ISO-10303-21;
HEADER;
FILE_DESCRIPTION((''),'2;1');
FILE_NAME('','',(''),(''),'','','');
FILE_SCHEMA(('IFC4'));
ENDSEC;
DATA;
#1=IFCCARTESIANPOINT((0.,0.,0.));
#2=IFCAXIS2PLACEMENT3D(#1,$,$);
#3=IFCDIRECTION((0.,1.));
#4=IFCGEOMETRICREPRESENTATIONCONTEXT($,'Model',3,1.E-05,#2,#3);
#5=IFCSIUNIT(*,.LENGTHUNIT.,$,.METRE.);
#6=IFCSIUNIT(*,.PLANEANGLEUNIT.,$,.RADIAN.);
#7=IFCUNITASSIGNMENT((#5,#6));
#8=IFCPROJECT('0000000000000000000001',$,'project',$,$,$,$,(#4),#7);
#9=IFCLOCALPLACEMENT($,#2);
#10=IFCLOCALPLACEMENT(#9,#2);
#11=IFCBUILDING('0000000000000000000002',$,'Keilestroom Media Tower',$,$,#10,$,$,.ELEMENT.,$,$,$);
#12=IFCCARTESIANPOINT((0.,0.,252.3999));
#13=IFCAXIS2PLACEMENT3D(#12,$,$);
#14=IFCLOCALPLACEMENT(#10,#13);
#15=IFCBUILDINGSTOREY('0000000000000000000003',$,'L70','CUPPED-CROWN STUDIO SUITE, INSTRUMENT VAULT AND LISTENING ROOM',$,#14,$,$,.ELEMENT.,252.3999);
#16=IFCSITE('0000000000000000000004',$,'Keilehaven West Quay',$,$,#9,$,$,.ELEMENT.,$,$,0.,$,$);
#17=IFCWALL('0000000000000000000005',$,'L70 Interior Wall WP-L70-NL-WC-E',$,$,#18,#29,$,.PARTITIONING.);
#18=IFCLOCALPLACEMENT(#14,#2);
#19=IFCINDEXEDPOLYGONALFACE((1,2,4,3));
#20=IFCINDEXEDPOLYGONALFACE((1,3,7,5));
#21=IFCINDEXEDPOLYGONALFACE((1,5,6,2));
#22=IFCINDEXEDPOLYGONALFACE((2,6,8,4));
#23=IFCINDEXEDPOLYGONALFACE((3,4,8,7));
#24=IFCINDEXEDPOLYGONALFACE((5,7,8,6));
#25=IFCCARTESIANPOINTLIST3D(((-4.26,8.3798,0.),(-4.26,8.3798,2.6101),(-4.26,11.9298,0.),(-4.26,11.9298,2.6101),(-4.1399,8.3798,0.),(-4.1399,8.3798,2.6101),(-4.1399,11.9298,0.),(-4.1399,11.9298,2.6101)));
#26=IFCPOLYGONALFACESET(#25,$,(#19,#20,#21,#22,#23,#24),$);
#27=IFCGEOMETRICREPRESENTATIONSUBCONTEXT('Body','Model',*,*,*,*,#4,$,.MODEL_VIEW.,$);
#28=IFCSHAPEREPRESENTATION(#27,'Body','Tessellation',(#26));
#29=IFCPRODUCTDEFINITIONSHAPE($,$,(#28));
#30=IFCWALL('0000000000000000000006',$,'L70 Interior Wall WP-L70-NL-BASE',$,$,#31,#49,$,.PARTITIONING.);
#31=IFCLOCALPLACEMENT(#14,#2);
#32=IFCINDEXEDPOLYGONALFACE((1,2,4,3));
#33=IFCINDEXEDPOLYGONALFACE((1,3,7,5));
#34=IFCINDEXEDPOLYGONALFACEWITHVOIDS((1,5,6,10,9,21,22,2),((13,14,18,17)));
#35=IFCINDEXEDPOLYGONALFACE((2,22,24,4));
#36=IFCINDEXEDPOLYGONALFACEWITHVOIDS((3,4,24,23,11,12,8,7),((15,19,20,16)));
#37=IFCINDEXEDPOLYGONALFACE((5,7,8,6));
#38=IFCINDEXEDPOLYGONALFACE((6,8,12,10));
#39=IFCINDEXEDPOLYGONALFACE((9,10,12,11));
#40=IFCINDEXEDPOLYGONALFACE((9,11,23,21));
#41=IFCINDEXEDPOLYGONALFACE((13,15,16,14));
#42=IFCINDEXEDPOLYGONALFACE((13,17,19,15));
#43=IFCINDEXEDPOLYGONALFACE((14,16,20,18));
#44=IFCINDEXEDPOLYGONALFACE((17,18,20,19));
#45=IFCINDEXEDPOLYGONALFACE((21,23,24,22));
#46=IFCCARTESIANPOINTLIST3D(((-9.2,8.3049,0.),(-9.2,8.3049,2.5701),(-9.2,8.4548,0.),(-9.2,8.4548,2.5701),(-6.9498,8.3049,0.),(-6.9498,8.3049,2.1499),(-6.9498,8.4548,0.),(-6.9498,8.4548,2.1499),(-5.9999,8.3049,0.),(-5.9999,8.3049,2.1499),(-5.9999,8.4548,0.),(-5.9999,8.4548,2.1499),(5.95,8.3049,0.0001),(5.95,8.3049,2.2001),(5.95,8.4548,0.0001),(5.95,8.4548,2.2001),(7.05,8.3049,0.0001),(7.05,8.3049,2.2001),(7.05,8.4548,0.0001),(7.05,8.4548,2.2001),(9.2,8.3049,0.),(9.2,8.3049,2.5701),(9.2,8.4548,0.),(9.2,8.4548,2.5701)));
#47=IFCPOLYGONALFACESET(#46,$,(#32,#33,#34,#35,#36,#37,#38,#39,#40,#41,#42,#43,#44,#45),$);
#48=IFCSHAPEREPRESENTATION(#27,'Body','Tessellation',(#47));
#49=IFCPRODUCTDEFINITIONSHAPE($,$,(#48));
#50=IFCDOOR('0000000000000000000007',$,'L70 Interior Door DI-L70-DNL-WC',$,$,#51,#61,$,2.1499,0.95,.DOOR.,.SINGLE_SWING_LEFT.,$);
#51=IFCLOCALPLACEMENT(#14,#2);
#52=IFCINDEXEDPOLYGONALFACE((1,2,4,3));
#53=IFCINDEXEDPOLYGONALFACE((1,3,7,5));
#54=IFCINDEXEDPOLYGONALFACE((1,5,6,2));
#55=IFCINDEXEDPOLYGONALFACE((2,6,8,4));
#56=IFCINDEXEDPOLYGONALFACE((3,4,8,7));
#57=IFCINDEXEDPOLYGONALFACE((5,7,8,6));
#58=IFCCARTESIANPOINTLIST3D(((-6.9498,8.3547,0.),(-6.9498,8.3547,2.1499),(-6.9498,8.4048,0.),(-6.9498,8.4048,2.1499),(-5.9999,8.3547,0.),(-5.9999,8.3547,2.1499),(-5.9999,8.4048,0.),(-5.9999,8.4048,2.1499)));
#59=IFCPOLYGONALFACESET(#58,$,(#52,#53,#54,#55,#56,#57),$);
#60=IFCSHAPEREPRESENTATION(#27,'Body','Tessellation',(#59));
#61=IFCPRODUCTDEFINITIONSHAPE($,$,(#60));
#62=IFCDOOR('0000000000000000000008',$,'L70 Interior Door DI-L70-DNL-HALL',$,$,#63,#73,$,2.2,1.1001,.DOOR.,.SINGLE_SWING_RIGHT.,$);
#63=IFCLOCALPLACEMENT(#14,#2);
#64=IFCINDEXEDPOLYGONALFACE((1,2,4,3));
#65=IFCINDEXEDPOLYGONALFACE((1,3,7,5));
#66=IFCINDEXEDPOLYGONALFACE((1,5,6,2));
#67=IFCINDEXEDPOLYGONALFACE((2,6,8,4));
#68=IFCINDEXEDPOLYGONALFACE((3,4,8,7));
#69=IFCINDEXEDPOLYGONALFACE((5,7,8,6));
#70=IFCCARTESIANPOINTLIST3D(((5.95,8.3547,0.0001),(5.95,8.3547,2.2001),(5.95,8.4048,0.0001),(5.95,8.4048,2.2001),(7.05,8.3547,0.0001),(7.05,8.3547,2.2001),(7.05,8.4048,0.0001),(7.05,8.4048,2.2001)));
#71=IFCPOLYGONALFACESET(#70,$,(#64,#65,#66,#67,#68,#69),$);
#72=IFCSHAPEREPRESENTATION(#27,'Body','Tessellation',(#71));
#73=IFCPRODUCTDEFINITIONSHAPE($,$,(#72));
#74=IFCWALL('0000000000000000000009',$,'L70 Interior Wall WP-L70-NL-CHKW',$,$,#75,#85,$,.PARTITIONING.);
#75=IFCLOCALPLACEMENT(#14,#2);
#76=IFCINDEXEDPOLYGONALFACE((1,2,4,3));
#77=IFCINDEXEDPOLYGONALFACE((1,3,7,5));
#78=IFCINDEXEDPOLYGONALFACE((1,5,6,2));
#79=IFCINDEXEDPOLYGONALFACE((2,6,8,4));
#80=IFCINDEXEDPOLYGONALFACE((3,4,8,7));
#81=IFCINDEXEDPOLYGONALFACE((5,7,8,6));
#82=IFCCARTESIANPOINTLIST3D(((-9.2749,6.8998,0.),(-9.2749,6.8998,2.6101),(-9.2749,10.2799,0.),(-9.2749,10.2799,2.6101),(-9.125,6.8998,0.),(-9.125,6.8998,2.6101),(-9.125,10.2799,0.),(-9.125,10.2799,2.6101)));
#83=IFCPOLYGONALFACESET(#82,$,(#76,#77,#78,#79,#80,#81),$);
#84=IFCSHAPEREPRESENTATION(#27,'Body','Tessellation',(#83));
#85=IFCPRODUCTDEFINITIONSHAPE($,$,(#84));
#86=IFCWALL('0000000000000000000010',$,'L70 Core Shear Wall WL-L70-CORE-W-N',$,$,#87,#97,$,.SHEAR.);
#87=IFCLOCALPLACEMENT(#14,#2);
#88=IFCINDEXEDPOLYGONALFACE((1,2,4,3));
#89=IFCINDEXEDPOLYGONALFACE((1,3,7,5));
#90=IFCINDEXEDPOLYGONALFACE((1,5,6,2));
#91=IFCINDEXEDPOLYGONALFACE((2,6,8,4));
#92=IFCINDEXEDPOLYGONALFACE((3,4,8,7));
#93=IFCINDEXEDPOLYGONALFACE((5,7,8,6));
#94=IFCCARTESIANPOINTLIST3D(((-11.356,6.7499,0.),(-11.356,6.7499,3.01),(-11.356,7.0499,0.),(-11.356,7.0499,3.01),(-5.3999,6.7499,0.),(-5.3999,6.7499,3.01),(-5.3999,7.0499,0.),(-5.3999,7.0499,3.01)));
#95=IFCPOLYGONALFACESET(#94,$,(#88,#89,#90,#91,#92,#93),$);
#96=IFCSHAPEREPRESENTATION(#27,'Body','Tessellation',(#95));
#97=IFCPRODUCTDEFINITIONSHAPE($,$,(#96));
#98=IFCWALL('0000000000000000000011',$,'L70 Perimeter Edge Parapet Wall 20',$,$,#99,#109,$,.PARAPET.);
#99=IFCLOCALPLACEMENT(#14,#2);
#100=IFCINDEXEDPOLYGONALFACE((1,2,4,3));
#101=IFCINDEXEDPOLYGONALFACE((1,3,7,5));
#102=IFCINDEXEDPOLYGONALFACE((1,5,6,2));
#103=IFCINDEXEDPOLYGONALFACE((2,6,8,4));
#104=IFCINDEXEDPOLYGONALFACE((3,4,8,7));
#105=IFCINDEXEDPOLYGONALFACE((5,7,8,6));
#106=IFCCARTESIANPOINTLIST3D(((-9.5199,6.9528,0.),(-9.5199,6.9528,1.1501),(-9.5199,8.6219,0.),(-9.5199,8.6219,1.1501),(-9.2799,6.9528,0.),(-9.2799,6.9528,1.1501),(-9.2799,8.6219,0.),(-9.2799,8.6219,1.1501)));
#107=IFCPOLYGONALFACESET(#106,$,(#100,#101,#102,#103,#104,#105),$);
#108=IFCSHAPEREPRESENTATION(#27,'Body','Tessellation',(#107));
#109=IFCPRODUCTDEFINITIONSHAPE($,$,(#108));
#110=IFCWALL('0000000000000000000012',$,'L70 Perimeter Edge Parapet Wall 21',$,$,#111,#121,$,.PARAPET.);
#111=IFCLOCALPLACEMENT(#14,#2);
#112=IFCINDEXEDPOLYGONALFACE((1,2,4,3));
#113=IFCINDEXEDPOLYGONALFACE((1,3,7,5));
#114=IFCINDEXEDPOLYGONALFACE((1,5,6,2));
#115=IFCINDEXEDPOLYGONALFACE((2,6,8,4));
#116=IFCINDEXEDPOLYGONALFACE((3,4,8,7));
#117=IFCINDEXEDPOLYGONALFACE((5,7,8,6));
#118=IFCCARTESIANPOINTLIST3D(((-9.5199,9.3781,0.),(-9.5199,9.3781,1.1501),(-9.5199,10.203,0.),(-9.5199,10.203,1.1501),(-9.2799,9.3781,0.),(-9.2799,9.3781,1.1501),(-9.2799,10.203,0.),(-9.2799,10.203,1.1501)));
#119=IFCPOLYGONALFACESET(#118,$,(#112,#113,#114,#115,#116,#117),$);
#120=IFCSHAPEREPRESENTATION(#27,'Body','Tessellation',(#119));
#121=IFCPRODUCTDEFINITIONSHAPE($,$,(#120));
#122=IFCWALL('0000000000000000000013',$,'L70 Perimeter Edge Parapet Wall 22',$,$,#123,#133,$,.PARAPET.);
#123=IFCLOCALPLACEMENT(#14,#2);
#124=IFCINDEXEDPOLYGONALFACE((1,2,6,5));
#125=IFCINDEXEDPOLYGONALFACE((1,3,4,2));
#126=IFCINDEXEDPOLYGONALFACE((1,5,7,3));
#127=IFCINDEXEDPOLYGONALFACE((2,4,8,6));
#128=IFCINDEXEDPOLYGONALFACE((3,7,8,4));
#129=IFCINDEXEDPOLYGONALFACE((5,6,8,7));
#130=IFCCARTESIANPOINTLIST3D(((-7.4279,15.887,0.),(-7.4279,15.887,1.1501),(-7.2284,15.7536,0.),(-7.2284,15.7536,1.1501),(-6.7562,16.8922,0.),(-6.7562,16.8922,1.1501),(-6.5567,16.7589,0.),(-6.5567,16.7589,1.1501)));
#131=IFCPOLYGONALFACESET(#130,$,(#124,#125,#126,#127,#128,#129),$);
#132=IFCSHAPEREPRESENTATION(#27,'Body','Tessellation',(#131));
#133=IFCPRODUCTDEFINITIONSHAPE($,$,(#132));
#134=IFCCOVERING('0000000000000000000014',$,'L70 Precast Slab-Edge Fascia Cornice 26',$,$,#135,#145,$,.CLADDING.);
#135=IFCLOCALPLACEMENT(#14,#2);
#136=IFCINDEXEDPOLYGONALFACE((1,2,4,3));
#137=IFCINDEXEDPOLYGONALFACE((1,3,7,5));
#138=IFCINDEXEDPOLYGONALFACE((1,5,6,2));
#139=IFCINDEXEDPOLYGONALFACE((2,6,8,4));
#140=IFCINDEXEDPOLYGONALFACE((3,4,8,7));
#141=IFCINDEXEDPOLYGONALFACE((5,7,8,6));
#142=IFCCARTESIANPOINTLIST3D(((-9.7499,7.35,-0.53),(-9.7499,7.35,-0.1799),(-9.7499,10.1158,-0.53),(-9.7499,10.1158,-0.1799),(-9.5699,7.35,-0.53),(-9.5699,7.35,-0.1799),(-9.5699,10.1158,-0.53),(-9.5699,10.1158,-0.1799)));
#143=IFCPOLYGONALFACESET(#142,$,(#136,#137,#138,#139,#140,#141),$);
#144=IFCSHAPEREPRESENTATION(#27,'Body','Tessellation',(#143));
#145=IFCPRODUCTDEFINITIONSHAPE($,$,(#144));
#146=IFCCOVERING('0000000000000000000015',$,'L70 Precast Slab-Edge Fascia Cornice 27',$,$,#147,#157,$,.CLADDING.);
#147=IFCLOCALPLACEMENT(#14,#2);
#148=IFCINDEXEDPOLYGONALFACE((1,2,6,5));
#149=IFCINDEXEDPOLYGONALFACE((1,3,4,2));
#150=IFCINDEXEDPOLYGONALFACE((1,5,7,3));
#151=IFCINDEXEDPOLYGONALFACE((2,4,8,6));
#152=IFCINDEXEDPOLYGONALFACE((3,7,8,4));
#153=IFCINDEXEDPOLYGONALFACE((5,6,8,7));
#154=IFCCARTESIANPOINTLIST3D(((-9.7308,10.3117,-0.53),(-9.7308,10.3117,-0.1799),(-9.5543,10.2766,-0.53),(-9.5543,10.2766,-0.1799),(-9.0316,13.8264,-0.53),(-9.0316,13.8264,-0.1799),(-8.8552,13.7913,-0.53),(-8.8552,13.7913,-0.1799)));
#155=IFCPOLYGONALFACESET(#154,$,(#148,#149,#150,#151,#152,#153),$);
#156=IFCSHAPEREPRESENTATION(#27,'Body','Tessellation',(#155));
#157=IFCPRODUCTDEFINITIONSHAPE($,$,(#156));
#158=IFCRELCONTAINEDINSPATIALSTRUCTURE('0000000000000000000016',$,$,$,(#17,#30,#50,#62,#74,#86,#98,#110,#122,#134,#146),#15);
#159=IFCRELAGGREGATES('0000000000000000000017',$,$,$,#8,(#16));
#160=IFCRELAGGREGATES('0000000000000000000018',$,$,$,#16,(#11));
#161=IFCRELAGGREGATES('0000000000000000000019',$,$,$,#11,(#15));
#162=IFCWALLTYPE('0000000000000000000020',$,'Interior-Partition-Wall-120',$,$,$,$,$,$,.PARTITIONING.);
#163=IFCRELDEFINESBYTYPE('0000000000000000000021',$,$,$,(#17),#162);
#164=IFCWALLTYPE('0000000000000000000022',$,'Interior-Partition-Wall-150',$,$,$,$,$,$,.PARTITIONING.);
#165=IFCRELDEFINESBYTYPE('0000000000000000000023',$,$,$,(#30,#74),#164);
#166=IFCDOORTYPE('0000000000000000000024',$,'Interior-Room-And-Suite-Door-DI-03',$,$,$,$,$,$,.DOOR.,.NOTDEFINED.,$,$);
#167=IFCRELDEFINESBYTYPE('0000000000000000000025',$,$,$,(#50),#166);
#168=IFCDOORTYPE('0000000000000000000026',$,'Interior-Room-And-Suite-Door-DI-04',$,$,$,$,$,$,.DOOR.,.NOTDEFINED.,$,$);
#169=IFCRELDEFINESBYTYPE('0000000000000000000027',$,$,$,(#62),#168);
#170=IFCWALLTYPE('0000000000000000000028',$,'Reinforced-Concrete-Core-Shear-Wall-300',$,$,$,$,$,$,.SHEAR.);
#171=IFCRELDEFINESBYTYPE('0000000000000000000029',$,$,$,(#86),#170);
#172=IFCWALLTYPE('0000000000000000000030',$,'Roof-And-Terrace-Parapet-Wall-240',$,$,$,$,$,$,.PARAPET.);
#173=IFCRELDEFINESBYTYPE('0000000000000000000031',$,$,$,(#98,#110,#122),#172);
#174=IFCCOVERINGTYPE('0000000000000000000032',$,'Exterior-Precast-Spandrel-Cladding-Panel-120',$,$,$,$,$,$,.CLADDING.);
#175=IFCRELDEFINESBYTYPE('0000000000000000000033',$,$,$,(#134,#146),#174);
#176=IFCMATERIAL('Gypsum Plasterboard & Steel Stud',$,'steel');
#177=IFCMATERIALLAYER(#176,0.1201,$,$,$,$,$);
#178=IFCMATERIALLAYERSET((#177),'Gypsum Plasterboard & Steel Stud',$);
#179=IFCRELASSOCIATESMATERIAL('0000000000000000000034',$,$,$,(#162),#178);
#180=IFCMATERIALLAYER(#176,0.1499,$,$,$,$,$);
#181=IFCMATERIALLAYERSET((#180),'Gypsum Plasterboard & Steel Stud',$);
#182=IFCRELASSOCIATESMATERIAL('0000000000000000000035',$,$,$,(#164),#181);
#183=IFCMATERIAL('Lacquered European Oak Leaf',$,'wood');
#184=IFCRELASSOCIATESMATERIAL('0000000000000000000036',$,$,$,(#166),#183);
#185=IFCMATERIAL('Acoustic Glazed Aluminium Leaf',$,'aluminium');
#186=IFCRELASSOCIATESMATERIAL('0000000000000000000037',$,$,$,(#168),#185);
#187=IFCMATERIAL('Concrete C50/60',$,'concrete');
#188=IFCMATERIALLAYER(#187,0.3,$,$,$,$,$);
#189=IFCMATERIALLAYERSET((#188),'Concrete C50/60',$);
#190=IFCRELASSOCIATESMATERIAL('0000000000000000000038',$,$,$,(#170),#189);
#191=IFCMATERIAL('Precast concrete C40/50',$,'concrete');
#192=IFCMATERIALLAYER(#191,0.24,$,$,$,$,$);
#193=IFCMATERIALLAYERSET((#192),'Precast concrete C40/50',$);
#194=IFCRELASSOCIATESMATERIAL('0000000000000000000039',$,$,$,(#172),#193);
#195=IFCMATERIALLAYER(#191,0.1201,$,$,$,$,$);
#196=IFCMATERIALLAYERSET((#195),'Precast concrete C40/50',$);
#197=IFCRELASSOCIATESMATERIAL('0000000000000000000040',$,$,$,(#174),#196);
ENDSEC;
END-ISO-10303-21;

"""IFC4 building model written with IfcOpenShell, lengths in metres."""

from ifc_helpers import new_model, si_unit, direction, frame, frame_2d, origin, origin_2d, place, context, subcontext, project, spatial, rectangle, extrude, source, transform, mapped, material, layer, layer_set, type_object, element, fill, save


model = new_model("IFC4")

# Units and contexts
model_context = context("Model", 3, precision=1e-05, world=origin(), true_north=direction((0.0, 1.0)))
body_context = subcontext(model_context, "Body", "Model", "MODEL_VIEW")
ifc_project = project(units=[si_unit("LENGTHUNIT", "METRE"), si_unit("PLANEANGLEUNIT", "RADIAN")], contexts=[model_context])

# Site, building, storey
site_placement = place(None, origin())
site = spatial("IfcSite", under=ifc_project, at=site_placement, Name="Keilehaven West Quay", CompositionType="ELEMENT", RefElevation=0.0)
building_placement = place(site_placement, origin())
building = spatial("IfcBuilding", under=site, at=building_placement, Name="Keilestroom Media Tower", CompositionType="ELEMENT")
storey_placement = place(building_placement, frame((0.0, 0.0, 252.3999)))
storey = spatial("IfcBuildingStorey", under=building, at=storey_placement, Name="L70", Description="CUPPED-CROWN STUDIO SUITE, INSTRUMENT VAULT AND LISTENING ROOM", CompositionType="ELEMENT", Elevation=252.3999)

# Shared definitions
ifc_material_1 = material(Name="Concrete C50/60", Category="concrete")

# Wall
ifc_material_2 = material(Name="Precast concrete C40/50", Category="concrete")
ifc_material_3 = material(Name="Gypsum Plasterboard & Steel Stud", Category="steel")
ifc_layer_1 = layer(ifc_material_3, 0.1201)
ifc_layer_set_1 = layer_set([ifc_layer_1], Name="Gypsum Plasterboard & Steel Stud")
wall_type_1 = type_object("IfcWallType", Name="Interior-Partition-Wall-120", PredefinedType="PARTITIONING", material=ifc_layer_set_1)
for number, where, z_axis, x_axis, name in (
    (1, (-4.2, 8.3799, 0.0), (0.0, 0.0, 1.0), (0.0, 1.0, 0.0), "L70 Interior Wall WP-L70-NL-WC-E"),
):
    element("IfcWall", number, at=place(storey_placement, frame(where, z_axis=z_axis, x_axis=x_axis)), inside=storey, type_object=wall_type_1, Name=name, PredefinedType="PARTITIONING", context=body_context, shape_type="SweptSolid", body=[
        extrude(rectangle(XDim=3.55, YDim=0.1201, at=frame_2d((1.7749, 0.0))), origin(), (0.0, 0.0, 1.0), 2.6101),
    ])

# Wall, openings, doors
ifc_layer_2 = layer(ifc_material_3, 0.1499)
ifc_layer_set_2 = layer_set([ifc_layer_2], Name="Gypsum Plasterboard & Steel Stud")
wall_type_2 = type_object("IfcWallType", Name="Interior-Partition-Wall-150", PredefinedType="PARTITIONING", material=ifc_layer_set_2)
wall_1_placement = place(storey_placement, frame((-9.2, 8.3799, 0.0), z_axis=(0.0, 0.0, 1.0), x_axis=(1.0, 0.0, 0.0)))
wall_1 = element("IfcWall", 2, at=wall_1_placement, inside=storey, type_object=wall_type_2, Name="L70 Interior Wall WP-L70-NL-BASE", PredefinedType="PARTITIONING", context=body_context, shape_type="SweptSolid", body=[
    extrude(rectangle(XDim=18.3999, YDim=0.1499, at=frame_2d((9.2, 0.0))), origin(), (0.0, 0.0, 1.0), 2.5701),
])
opening_1_placement = place(wall_1_placement, frame((2.25, 0.0, 0.0)))
opening_1 = element("IfcOpeningElement", 3, at=opening_1_placement, cuts=wall_1, PredefinedType="OPENING", context=body_context, shape_type="SweptSolid", body=[
    extrude(rectangle(XDim=0.95, YDim=2.1499, at=frame_2d((0.4751, 1.075))), frame((0.0, 0.085, 0.0), z_axis=(0.0, -1.0, 0.0), x_axis=(1.0, 0.0, 0.0)), (0.0, 0.0, 1.0), 0.1699),
])
opening_2_placement = place(wall_1_placement, frame((15.1499, 0.0, 0.0)))
opening_2 = element("IfcOpeningElement", 4, at=opening_2_placement, cuts=wall_1, PredefinedType="OPENING", context=body_context, shape_type="SweptSolid", body=[
    extrude(rectangle(XDim=1.1001, YDim=2.2, at=frame_2d((0.55, 1.1001))), frame((0.0, 0.085, 0.0), z_axis=(0.0, -1.0, 0.0), x_axis=(1.0, 0.0, 0.0)), (0.0, 0.0, 1.0), 0.1699),
])
ifc_material_4 = material(Name="Lacquered European Oak Leaf", Category="wood")
door_type_1 = type_object("IfcDoorType", Name="Interior-Room-And-Suite-Door-DI-03", OperationType="NOTDEFINED", PredefinedType="DOOR", material=ifc_material_4)
shared_shape_1 = source(origin(), body_context, "Body", "SweptSolid", [
    extrude(rectangle(XDim=0.95, YDim=2.1499, at=frame_2d((0.4751, 1.075))), frame((0.0, 0.0249, 0.0), z_axis=(0.0, -1.0, 0.0), x_axis=(1.0, 0.0, 0.0)), (0.0, 0.0, 1.0), 0.05),
])
door_1_placement = place(opening_1_placement, origin())
door_1 = element("IfcDoor", 5, at=door_1_placement, inside=storey, type_object=door_type_1, Name="L70 Interior Door DI-L70-DNL-WC", OperationType="SINGLE_SWING_LEFT", OverallHeight=2.1499, OverallWidth=0.95, PredefinedType="DOOR", context=body_context, shape_type="MappedRepresentation", body=[
    mapped(shared_shape_1, transform((0.0, 0.0, 0.0), x_axis=(1.0, 0.0, 0.0), y_axis=(0.0, 1.0, 0.0), z_axis=(0.0, 0.0, 1.0), scale=1.0)),
])
fill(opening_1, door_1)
ifc_material_5 = material(Name="Acoustic Glazed Aluminium Leaf", Category="aluminium")
door_type_2 = type_object("IfcDoorType", Name="Interior-Room-And-Suite-Door-DI-04", OperationType="NOTDEFINED", PredefinedType="DOOR", material=ifc_material_5)
shared_shape_2 = source(origin(), body_context, "Body", "SweptSolid", [
    extrude(rectangle(XDim=1.1001, YDim=2.2, at=frame_2d((0.55, 1.1001))), frame((0.0, 0.0249, 0.0), z_axis=(0.0, -1.0, 0.0), x_axis=(1.0, 0.0, 0.0)), (0.0, 0.0, 1.0), 0.05),
])
door_2_placement = place(opening_2_placement, origin())
door_2 = element("IfcDoor", 6, at=door_2_placement, inside=storey, type_object=door_type_2, Name="L70 Interior Door DI-L70-DNL-HALL", OperationType="SINGLE_SWING_RIGHT", OverallHeight=2.2, OverallWidth=1.1001, PredefinedType="DOOR", context=body_context, shape_type="MappedRepresentation", body=[
    mapped(shared_shape_2, transform((0.0, 0.0, 0.0), x_axis=(1.0, 0.0, 0.0), y_axis=(0.0, 1.0, 0.0), z_axis=(0.0, 0.0, 1.0), scale=1.0)),
])
fill(opening_2, door_2)

# Walls
wall_2_placement = place(storey_placement, frame((-9.2, 6.8999, 0.0), z_axis=(0.0, 0.0, 1.0), x_axis=(0.0, 1.0, 0.0)))
element("IfcWall", 7, at=wall_2_placement, inside=storey, type_object=wall_type_2, Name="L70 Interior Wall WP-L70-NL-CHKW", PredefinedType="PARTITIONING", context=body_context, shape_type="SweptSolid", body=[
    extrude(rectangle(XDim=3.3801, YDim=0.1499, at=frame_2d((1.6899, 0.0))), origin(), (0.0, 0.0, 1.0), 2.6101),
])
ifc_layer_3 = layer(ifc_material_1, 0.3)
ifc_layer_set_3 = layer_set([ifc_layer_3], Name="Concrete C50/60")
wall_type_3 = type_object("IfcWallType", Name="Reinforced-Concrete-Core-Shear-Wall-300", PredefinedType="SHEAR", material=ifc_layer_set_3)
wall_3_placement = place(storey_placement, frame((-11.356, 6.8999, 0.0), z_axis=(0.0, 0.0, 1.0), x_axis=(1.0, 0.0, 0.0)))
element("IfcWall", 8, at=wall_3_placement, inside=storey, type_object=wall_type_3, Name="L70 Core Shear Wall WL-L70-CORE-W-N", PredefinedType="SHEAR", context=body_context, shape_type="SweptSolid", body=[
    extrude(rectangle(XDim=5.9561, YDim=0.3, at=frame_2d((2.978, 0.0))), origin(), (0.0, 0.0, 1.0), 3.01),
])
ifc_layer_4 = layer(ifc_material_2, 0.24)
ifc_layer_set_4 = layer_set([ifc_layer_4], Name="Precast concrete C40/50")
wall_type_4 = type_object("IfcWallType", Name="Roof-And-Terrace-Parapet-Wall-240", PredefinedType="PARAPET", material=ifc_layer_set_4)
wall_4_placement = place(storey_placement, frame((-9.3999, 6.9529, 0.0), z_axis=(0.0, 0.0, 1.0), x_axis=(0.0, 1.0, 0.0)))
element("IfcWall", 9, at=wall_4_placement, inside=storey, type_object=wall_type_4, Name="L70 Perimeter Edge Parapet Wall 20", PredefinedType="PARAPET", context=body_context, shape_type="SweptSolid", body=[
    extrude(rectangle(XDim=1.6692, YDim=0.24, at=frame_2d((0.8345, 0.0))), origin(), (0.0, 0.0, 1.0), 1.1501),
])
wall_5_placement = place(storey_placement, frame((-9.3999, 9.3779, 0.0), z_axis=(0.0, 0.0, 1.0), x_axis=(0.0, 1.0, 0.0)))
element("IfcWall", 10, at=wall_5_placement, inside=storey, type_object=wall_type_4, Name="L70 Perimeter Edge Parapet Wall 21", PredefinedType="PARAPET", context=body_context, shape_type="SweptSolid", body=[
    extrude(rectangle(XDim=0.825, YDim=0.24, at=frame_2d((0.4126, 0.0))), origin(), (0.0, 0.0, 1.0), 1.1501),
])
wall_6_placement = place(storey_placement, frame((-7.3281, 15.8203, 0.0), z_axis=(0.0, 0.0, 1.0), x_axis=(0.555585, 0.831459, 0.0)))
element("IfcWall", 11, at=wall_6_placement, inside=storey, type_object=wall_type_4, Name="L70 Perimeter Edge Parapet Wall 22", PredefinedType="PARAPET", context=body_context, shape_type="SweptSolid", body=[
    extrude(rectangle(XDim=1.209, YDim=0.24, at=frame_2d((0.6045, 0.0))), origin(), (0.0, 0.0, 1.0), 1.1501),
])

# Coverings
ifc_layer_5 = layer(ifc_material_2, 0.1201)
ifc_layer_set_5 = layer_set([ifc_layer_5], Name="Precast concrete C40/50")
covering_type = type_object("IfcCoveringType", Name="Exterior-Precast-Spandrel-Cladding-Panel-120", PredefinedType="CLADDING", material=ifc_layer_set_5)
shared_shape_3 = source(origin(), body_context, "Body", "SweptSolid", [
    extrude(rectangle(XDim=2.7659, YDim=0.1799, at=origin_2d()), origin(), (0.0, 0.0, 1.0), 0.3501),
])
covering_1_placement = place(storey_placement, frame((-9.6599, 8.7329, -0.53), z_axis=(0.0, 0.0, 1.0), x_axis=(0.0, 1.0, 0.0)))
element("IfcCovering", 12, at=covering_1_placement, inside=storey, type_object=covering_type, Name="L70 Precast Slab-Edge Fascia Cornice 26", PredefinedType="CLADDING", context=body_context, shape_type="MappedRepresentation", body=[
    mapped(shared_shape_3, transform((0.0, 0.0, 0.0), x_axis=(1.0, 0.0, 0.0), y_axis=(0.0, 1.0, 0.0), z_axis=(0.0, 0.0, 1.0), scale=1.0)),
])
shared_shape_4 = source(origin(), body_context, "Body", "SweptSolid", [
    extrude(rectangle(XDim=3.5835, YDim=0.1799, at=origin_2d()), origin(), (0.0, 0.0, 1.0), 0.3501),
])
covering_2_placement = place(storey_placement, frame((-9.293, 12.0515, -0.53), z_axis=(0.0, 0.0, 1.0), x_axis=(0.195099, 0.980784, 0.0)))
element("IfcCovering", 13, at=covering_2_placement, inside=storey, type_object=covering_type, Name="L70 Precast Slab-Edge Fascia Cornice 27", PredefinedType="CLADDING", context=body_context, shape_type="MappedRepresentation", body=[
    mapped(shared_shape_4, transform((0.0, 0.0, 0.0), x_axis=(1.0, 0.0, 0.0), y_axis=(0.0, 1.0, 0.0), z_axis=(0.0, 0.0, 1.0), scale=1.0)),
])

save(model, "model.ifc")
